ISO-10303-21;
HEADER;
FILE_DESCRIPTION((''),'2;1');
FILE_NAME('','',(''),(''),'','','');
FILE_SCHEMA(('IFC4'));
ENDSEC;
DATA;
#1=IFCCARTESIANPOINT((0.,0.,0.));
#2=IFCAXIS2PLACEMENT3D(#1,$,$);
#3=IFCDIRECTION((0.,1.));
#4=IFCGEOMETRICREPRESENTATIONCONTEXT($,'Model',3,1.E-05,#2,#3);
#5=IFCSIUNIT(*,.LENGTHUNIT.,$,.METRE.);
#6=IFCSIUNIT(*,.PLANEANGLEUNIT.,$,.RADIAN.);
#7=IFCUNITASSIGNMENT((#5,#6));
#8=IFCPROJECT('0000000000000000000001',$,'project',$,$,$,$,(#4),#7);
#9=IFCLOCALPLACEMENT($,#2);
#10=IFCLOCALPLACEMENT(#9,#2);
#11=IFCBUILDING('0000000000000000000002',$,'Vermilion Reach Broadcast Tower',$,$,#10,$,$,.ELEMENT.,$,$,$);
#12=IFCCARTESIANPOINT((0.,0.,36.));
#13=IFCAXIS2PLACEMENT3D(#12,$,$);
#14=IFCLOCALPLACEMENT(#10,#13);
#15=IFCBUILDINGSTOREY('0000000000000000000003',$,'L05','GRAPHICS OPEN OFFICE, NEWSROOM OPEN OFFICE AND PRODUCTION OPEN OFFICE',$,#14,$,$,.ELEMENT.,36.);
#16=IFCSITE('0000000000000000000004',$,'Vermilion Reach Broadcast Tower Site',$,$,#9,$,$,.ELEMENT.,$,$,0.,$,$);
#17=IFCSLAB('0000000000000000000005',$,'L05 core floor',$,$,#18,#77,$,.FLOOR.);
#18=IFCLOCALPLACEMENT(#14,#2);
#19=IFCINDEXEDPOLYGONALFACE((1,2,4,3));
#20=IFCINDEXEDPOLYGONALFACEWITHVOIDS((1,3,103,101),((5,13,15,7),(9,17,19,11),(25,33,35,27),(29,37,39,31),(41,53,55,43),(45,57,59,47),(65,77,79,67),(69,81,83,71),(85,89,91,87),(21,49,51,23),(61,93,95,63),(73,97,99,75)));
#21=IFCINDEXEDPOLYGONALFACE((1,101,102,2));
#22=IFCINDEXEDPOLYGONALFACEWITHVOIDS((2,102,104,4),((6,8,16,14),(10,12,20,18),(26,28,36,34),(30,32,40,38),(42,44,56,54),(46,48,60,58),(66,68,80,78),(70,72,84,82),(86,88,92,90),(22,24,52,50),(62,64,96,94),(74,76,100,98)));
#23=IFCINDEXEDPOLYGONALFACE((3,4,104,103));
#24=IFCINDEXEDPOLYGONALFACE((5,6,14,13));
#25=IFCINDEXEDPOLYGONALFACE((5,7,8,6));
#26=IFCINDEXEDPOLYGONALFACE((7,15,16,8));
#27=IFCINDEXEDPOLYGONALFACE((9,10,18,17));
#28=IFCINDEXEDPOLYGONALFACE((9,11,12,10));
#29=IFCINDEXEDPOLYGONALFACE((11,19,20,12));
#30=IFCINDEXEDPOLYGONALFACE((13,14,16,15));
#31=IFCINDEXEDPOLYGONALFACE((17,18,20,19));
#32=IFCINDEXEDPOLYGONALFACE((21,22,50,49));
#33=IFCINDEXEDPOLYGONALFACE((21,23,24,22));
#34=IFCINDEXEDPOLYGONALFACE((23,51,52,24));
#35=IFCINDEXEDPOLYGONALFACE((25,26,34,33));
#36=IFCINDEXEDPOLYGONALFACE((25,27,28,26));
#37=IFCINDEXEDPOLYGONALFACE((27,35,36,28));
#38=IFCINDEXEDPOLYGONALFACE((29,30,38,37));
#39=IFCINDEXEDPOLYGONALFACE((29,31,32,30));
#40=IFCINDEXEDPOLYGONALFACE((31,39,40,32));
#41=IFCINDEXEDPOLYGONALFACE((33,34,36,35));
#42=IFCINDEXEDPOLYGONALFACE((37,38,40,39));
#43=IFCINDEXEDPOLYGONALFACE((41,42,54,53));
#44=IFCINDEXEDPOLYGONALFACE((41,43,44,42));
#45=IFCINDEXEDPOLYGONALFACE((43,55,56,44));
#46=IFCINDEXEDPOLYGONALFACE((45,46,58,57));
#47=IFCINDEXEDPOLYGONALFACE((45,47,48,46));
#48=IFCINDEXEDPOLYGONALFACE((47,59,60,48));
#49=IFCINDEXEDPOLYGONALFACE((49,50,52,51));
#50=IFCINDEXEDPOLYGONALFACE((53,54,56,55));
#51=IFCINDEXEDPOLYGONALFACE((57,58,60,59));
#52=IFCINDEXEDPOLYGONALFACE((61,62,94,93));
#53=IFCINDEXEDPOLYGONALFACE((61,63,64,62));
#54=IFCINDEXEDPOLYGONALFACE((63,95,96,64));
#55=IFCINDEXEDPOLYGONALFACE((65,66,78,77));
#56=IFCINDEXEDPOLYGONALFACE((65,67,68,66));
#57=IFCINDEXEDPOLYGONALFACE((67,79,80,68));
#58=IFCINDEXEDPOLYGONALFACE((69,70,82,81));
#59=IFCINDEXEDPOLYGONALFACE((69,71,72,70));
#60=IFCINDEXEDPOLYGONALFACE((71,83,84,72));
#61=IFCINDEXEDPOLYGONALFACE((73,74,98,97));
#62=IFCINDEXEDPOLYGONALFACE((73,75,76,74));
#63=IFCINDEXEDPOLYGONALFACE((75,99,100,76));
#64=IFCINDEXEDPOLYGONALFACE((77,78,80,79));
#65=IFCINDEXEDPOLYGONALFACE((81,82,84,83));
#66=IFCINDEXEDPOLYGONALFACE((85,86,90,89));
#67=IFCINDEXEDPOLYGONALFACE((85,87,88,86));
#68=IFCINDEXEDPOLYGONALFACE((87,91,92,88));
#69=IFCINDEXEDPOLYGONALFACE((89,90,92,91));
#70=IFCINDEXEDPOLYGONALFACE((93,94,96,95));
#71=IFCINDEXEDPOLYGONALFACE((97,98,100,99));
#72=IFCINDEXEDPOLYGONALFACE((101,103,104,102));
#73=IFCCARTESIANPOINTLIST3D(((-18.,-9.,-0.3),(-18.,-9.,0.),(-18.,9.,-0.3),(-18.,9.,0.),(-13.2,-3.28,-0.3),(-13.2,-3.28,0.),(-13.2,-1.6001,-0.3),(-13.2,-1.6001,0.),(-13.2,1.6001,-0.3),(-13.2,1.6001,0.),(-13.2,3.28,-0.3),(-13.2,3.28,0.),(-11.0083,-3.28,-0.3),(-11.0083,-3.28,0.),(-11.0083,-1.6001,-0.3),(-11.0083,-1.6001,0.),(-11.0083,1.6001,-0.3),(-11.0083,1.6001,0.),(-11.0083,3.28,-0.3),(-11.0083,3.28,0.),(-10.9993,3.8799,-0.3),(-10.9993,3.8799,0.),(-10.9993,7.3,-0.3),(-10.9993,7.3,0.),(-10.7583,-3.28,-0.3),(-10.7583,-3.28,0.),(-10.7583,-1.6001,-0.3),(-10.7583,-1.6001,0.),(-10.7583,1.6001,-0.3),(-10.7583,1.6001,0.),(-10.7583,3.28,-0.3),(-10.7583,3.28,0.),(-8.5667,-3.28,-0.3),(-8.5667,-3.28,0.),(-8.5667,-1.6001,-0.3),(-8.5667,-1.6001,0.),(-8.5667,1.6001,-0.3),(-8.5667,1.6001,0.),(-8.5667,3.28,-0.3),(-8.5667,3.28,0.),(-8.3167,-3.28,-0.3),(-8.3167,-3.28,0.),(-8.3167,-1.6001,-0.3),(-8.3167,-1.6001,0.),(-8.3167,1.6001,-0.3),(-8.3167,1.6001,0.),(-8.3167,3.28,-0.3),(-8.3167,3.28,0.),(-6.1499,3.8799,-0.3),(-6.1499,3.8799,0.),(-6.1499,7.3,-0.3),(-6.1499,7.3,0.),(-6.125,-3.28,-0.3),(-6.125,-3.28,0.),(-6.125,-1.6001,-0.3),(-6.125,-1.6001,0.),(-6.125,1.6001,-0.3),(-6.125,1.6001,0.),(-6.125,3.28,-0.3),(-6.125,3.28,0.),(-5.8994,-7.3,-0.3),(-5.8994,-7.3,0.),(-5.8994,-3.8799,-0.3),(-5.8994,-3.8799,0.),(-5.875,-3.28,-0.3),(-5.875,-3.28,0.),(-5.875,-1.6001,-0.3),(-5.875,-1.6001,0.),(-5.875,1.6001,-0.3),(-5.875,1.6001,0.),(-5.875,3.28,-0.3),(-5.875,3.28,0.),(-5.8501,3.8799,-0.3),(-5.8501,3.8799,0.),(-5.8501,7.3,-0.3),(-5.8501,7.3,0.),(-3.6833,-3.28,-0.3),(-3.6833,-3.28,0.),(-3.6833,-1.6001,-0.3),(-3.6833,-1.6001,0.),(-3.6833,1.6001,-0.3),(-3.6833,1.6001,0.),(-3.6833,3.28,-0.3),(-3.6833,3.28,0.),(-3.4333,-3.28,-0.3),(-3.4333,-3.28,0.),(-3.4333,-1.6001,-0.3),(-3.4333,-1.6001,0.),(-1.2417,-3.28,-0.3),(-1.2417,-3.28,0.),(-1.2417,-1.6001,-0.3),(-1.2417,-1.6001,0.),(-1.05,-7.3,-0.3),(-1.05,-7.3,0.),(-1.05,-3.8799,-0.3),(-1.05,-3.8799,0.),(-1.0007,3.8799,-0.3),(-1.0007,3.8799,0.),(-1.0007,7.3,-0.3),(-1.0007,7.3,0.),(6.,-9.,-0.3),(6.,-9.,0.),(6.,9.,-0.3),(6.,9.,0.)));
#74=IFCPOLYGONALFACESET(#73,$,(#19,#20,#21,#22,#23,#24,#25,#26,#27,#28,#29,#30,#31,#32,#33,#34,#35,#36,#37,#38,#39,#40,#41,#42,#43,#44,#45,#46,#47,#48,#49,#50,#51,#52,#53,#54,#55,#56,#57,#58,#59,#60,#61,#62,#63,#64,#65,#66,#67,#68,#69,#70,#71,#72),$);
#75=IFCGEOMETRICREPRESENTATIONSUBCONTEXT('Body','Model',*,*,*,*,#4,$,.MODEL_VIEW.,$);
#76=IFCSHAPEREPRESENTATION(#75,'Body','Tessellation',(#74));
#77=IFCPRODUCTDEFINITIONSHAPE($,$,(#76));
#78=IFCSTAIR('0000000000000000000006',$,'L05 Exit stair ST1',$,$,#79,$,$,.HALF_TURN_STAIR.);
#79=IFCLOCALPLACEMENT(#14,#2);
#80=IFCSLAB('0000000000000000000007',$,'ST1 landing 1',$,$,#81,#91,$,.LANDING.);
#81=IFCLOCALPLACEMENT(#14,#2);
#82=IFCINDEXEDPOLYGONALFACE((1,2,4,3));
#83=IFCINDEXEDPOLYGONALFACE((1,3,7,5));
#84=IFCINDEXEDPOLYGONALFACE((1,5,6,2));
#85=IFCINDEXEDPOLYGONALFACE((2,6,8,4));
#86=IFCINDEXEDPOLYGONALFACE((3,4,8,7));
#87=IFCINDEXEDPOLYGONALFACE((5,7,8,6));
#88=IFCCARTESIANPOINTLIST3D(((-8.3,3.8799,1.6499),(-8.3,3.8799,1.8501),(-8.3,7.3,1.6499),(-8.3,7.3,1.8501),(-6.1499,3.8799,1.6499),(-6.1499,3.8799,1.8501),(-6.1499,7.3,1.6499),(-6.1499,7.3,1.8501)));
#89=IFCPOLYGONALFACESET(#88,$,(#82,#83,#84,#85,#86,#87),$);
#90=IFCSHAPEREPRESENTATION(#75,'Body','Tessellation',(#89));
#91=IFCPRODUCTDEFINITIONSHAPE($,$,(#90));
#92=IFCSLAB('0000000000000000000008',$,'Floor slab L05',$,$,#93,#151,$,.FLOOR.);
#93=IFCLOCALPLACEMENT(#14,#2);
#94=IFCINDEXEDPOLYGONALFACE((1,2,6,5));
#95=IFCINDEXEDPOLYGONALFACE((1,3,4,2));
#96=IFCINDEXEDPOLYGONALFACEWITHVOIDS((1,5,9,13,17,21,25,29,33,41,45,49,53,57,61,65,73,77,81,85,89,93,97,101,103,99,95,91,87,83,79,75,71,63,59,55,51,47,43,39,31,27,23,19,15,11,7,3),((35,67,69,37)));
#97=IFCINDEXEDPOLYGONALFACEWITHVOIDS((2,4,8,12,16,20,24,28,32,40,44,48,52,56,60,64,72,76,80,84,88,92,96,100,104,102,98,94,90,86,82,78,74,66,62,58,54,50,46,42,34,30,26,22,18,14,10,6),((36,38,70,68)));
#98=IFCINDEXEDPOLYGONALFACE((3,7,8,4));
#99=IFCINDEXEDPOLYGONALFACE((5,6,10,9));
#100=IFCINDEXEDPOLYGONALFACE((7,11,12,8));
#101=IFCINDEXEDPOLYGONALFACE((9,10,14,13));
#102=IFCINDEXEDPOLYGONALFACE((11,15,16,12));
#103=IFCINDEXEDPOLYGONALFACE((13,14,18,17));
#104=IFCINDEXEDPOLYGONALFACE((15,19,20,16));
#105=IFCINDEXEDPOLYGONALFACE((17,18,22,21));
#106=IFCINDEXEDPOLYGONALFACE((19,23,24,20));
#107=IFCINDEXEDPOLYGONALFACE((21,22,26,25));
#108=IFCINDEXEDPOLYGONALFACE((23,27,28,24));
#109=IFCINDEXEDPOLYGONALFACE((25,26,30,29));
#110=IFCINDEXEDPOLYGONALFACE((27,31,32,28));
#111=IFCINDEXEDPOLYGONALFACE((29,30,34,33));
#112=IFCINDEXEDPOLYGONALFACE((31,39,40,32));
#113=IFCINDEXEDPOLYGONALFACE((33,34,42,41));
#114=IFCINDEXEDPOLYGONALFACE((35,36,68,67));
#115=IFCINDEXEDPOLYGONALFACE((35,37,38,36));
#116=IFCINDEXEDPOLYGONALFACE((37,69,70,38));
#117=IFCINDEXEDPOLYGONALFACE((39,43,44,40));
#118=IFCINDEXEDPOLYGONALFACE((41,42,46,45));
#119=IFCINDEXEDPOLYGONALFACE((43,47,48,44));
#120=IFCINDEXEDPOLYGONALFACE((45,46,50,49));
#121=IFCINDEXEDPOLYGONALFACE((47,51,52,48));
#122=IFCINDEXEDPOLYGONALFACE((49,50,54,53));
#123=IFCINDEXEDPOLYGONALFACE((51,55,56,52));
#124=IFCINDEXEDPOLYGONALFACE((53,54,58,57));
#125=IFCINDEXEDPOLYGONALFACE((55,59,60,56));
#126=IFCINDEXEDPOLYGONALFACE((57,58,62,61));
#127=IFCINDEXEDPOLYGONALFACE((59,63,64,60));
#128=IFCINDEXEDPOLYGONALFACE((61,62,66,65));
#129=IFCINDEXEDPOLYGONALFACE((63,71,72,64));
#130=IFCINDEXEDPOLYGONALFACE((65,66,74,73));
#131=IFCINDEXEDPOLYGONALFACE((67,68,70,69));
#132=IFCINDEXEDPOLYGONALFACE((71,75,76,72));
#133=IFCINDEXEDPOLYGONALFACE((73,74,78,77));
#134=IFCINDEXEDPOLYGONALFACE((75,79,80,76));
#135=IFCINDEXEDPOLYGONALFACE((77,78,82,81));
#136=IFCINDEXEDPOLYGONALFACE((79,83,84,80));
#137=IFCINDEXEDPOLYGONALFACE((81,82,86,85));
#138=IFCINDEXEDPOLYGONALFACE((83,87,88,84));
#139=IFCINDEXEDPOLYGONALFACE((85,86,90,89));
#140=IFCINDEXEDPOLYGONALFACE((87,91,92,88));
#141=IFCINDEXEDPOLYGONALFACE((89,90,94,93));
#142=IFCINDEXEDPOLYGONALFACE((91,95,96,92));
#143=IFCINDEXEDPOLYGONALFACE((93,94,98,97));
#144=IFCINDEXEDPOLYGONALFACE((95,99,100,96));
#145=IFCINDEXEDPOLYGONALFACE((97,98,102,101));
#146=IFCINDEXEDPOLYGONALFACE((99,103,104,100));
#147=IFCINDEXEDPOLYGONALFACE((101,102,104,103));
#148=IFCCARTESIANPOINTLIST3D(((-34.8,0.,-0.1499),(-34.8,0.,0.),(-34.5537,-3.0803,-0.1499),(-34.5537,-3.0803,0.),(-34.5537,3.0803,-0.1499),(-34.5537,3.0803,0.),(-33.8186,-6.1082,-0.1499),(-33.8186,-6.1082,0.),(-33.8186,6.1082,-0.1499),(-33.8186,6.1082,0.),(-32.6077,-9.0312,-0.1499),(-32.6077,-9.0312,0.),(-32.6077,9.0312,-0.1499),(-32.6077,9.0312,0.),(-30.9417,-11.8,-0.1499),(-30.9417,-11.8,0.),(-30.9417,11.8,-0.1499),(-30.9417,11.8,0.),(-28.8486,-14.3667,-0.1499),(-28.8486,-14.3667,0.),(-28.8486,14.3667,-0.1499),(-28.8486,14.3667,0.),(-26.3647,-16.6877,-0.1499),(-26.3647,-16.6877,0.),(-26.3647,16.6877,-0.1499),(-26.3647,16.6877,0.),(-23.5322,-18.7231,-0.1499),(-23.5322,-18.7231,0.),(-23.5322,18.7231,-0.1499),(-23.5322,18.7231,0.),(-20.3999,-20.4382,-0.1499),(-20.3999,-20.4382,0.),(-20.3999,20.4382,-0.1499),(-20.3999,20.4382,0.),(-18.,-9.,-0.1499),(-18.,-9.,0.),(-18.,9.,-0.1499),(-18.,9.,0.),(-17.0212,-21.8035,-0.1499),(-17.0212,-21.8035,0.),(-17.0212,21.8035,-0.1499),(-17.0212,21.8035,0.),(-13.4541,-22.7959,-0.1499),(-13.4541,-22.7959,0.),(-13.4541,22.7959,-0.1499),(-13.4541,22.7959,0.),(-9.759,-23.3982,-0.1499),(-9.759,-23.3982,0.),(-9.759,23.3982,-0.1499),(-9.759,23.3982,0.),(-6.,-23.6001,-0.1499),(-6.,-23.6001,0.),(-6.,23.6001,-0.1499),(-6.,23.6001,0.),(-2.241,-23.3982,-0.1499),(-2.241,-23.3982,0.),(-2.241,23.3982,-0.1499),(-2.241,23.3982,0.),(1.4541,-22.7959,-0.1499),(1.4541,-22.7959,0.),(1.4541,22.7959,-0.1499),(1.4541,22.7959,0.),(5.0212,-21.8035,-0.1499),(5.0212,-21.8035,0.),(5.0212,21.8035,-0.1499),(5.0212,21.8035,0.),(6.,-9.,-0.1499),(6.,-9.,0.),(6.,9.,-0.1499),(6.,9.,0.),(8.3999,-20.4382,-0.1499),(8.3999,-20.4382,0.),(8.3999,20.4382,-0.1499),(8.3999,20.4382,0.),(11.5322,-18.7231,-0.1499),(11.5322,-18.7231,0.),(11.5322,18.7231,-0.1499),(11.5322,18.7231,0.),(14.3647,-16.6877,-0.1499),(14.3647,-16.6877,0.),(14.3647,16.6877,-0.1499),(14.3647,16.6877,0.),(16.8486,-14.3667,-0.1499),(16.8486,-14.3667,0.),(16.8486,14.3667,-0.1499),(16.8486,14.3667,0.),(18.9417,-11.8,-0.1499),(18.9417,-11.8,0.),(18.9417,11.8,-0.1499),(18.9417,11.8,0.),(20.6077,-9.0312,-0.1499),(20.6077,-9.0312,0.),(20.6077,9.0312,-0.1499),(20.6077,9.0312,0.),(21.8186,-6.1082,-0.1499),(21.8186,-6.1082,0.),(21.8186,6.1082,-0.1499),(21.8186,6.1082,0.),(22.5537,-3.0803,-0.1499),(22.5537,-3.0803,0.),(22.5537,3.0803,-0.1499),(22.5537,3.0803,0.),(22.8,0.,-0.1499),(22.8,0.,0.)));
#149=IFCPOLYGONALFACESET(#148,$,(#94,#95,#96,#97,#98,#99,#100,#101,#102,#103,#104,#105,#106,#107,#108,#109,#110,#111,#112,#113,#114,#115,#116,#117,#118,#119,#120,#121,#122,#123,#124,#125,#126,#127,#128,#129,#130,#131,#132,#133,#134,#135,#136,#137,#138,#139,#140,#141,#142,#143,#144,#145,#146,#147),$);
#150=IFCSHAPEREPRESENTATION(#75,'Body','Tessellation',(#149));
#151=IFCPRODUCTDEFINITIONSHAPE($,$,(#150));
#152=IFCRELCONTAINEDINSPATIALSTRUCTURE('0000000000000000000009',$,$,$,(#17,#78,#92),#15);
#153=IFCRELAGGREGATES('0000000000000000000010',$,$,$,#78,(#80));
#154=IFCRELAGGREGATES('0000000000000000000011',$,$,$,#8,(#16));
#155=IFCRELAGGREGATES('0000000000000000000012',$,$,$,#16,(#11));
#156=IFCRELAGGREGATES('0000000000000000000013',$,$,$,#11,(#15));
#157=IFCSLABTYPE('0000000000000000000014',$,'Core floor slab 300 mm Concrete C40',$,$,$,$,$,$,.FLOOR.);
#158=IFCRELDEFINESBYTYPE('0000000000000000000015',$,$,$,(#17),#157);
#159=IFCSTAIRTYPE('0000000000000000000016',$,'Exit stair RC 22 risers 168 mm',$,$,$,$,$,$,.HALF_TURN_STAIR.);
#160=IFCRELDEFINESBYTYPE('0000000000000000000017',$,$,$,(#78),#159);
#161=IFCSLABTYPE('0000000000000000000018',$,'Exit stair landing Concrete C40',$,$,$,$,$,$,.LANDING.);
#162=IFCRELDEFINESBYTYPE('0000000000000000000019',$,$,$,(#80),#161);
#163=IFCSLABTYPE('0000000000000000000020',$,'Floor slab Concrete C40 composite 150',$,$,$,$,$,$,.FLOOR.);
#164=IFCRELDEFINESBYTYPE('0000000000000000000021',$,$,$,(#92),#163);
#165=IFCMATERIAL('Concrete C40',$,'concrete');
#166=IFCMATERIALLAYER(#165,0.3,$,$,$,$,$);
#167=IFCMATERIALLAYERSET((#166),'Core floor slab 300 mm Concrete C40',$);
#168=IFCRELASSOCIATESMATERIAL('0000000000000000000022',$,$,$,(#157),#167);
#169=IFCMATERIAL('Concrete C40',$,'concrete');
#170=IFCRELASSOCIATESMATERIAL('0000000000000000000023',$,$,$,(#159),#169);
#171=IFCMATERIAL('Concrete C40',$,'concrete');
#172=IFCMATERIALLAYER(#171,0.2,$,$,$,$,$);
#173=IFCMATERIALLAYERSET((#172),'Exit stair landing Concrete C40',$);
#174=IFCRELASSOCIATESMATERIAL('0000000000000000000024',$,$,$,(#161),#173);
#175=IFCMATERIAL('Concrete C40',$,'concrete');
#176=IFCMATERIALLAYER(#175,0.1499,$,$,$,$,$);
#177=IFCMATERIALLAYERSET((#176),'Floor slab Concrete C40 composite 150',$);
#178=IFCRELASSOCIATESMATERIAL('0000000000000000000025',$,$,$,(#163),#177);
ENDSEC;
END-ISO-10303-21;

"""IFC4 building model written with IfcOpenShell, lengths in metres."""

from ifc_helpers import new_model, si_unit, direction, frame, origin, place, context, subcontext, project, spatial, polyline, outline, extrude, material, layer, layer_set, type_object, element, aggregate, save


model = new_model("IFC4")

# Units and contexts
model_context = context("Model", 3, precision=1e-05, world=origin(), true_north=direction((0.0, 1.0)))
body_context = subcontext(model_context, "Body", "Model", "MODEL_VIEW")
ifc_project = project(units=[si_unit("LENGTHUNIT", "METRE"), si_unit("PLANEANGLEUNIT", "RADIAN")], contexts=[model_context])

# Site, building, storey
site_placement = place(None, origin())
site = spatial("IfcSite", under=ifc_project, at=site_placement, Name="Vermilion Reach Broadcast Tower Site", CompositionType="ELEMENT", RefElevation=0.0)
building_placement = place(site_placement, origin())
building = spatial("IfcBuilding", under=site, at=building_placement, Name="Vermilion Reach Broadcast Tower", CompositionType="ELEMENT")
storey_placement = place(building_placement, frame((0.0, 0.0, 36.0)))
storey = spatial("IfcBuildingStorey", under=building, at=storey_placement, Name="L05", Description="GRAPHICS OPEN OFFICE, NEWSROOM OPEN OFFICE AND PRODUCTION OPEN OFFICE", CompositionType="ELEMENT", Elevation=36.0)

# Shared definitions
placement_1 = place(storey_placement, frame((0.0, 0.0, -0.1499)))

# Slab
ifc_material_1 = material(Name="Concrete C40", Category="concrete")
ifc_layer_1 = layer(ifc_material_1, 0.3)
ifc_layer_set_1 = layer_set([ifc_layer_1], Name="Core floor slab 300 mm Concrete C40")
slab_type_1 = type_object("IfcSlabType", Name="Core floor slab 300 mm Concrete C40", PredefinedType="FLOOR", material=ifc_layer_set_1)
slab_1_placement = place(storey_placement, frame((0.0, 0.0, -0.3)))
element("IfcSlab", 1, at=slab_1_placement, inside=storey, type_object=slab_type_1, Name="L05 core floor", PredefinedType="FLOOR", context=body_context, shape_type="SweptSolid", body=[
    extrude(outline(polyline([(-18.0, -9.0), (6.0, -9.0), (6.0, 9.0), (-18.0, 9.0), (-18.0, -9.0)]), holes=[polyline([(-13.2, 1.6001), (-11.0083, 1.6001), (-11.0083, 3.28), (-13.2, 3.28), (-13.2, 1.6001)]), polyline([(-10.7583, 1.6001), (-8.5667, 1.6001), (-8.5667, 3.28), (-10.7583, 3.28), (-10.7583, 1.6001)]), polyline([(-8.3167, 1.6001), (-6.125, 1.6001), (-6.125, 3.28), (-8.3167, 3.28), (-8.3167, 1.6001)]), polyline([(-5.875, 1.6001), (-3.6833, 1.6001), (-3.6833, 3.28), (-5.875, 3.28), (-5.875, 1.6001)]), polyline([(-13.2, -3.28), (-11.0083, -3.28), (-11.0083, -1.6001), (-13.2, -1.6001), (-13.2, -3.28)]), polyline([(-10.7583, -3.28), (-8.5667, -3.28), (-8.5667, -1.6001), (-10.7583, -1.6001), (-10.7583, -3.28)]), polyline([(-8.3167, -3.28), (-6.125, -3.28), (-6.125, -1.6001), (-8.3167, -1.6001), (-8.3167, -3.28)]), polyline([(-5.875, -3.28), (-3.6833, -3.28), (-3.6833, -1.6001), (-5.875, -1.6001), (-5.875, -3.28)]), polyline([(-3.4333, -3.28), (-1.2417, -3.28), (-1.2417, -1.6001), (-3.4333, -1.6001), (-3.4333, -3.28)]), polyline([(-10.9993, 3.8799), (-6.1499, 3.8799), (-6.1499, 7.3), (-10.9993, 7.3), (-10.9993, 3.8799)]), polyline([(-1.0007, 7.3), (-5.8501, 7.3), (-5.8501, 3.8799), (-1.0007, 3.8799), (-1.0007, 7.3)]), polyline([(-5.8994, -7.3), (-1.05, -7.3), (-1.05, -3.8799), (-5.8994, -3.8799), (-5.8994, -7.3)])]), origin(), (0.0, 0.0, 1.0), 0.3),
])

# Stair, slab
ifc_material_2 = material(Name="Concrete C40", Category="concrete")
stair_type = type_object("IfcStairType", Name="Exit stair RC 22 risers 168 mm", PredefinedType="HALF_TURN_STAIR", material=ifc_material_2)
placement_2 = place(storey_placement, origin())
stair_1 = element("IfcStair", 2, at=placement_2, inside=storey, type_object=stair_type, Name="L05 Exit stair ST1", PredefinedType="HALF_TURN_STAIR")
ifc_material_3 = material(Name="Concrete C40", Category="concrete")
ifc_layer_2 = layer(ifc_material_3, 0.2)
ifc_layer_set_2 = layer_set([ifc_layer_2], Name="Exit stair landing Concrete C40")
slab_type_2 = type_object("IfcSlabType", Name="Exit stair landing Concrete C40", PredefinedType="LANDING", material=ifc_layer_set_2)
slab_2_placement = place(storey_placement, frame((0.0, 0.0, 1.6499)))
slab_2 = element("IfcSlab", 3, at=slab_2_placement, type_object=slab_type_2, Name="ST1 landing 1", PredefinedType="LANDING", context=body_context, shape_type="SweptSolid", body=[
    extrude(outline(polyline([(-8.3, 3.8799), (-6.1499, 3.8799), (-6.1499, 7.3), (-8.3, 7.3), (-8.3, 3.8799)])), origin(), (0.0, 0.0, 1.0), 0.2002),
])
aggregate(stair_1, [slab_2])

# Slab
ifc_material_4 = material(Name="Concrete C40", Category="concrete")
ifc_layer_3 = layer(ifc_material_4, 0.1499)
ifc_layer_set_3 = layer_set([ifc_layer_3], Name="Floor slab Concrete C40 composite 150")
slab_type_3 = type_object("IfcSlabType", Name="Floor slab Concrete C40 composite 150", PredefinedType="FLOOR", material=ifc_layer_set_3)
element("IfcSlab", 4, at=placement_1, inside=storey, type_object=slab_type_3, Name="Floor slab L05", PredefinedType="FLOOR", context=body_context, shape_type="SweptSolid", body=[
    extrude(outline(polyline([(22.8, 0.0), (22.5537, 3.0803), (21.8186, 6.1082), (20.6077, 9.0312), (18.9417, 11.8), (16.8486, 14.3667), (14.3647, 16.6877), (11.5322, 18.7231), (8.3999, 20.4382), (5.0212, 21.8035), (1.4541, 22.7959), (-2.241, 23.3982), (-6.0, 23.6001), (-9.759, 23.3982), (-13.4541, 22.7959), (-17.0212, 21.8035), (-20.3999, 20.4382), (-23.5322, 18.7231), (-26.3647, 16.6877), (-28.8486, 14.3667), (-30.9417, 11.8), (-32.6077, 9.0312), (-33.8186, 6.1082), (-34.5537, 3.0803), (-34.8, 0.0), (-34.5537, -3.0803), (-33.8186, -6.1082), (-32.6077, -9.0312), (-30.9417, -11.8), (-28.8486, -14.3667), (-26.3647, -16.6877), (-23.5322, -18.7231), (-20.3999, -20.4382), (-17.0212, -21.8035), (-13.4541, -22.7959), (-9.759, -23.3982), (-6.0, -23.6001), (-2.241, -23.3982), (1.4541, -22.7959), (5.0212, -21.8035), (8.3999, -20.4382), (11.5322, -18.7231), (14.3647, -16.6877), (16.8486, -14.3667), (18.9417, -11.8), (20.6077, -9.0312), (21.8186, -6.1082), (22.5537, -3.0803), (22.8, 0.0)]), holes=[polyline([(-18.0, -9.0), (6.0, -9.0), (6.0, 9.0), (-18.0, 9.0), (-18.0, -9.0)])]), origin(), (0.0, 0.0, 1.0), 0.1499),
])

save(model, "model.ifc")
